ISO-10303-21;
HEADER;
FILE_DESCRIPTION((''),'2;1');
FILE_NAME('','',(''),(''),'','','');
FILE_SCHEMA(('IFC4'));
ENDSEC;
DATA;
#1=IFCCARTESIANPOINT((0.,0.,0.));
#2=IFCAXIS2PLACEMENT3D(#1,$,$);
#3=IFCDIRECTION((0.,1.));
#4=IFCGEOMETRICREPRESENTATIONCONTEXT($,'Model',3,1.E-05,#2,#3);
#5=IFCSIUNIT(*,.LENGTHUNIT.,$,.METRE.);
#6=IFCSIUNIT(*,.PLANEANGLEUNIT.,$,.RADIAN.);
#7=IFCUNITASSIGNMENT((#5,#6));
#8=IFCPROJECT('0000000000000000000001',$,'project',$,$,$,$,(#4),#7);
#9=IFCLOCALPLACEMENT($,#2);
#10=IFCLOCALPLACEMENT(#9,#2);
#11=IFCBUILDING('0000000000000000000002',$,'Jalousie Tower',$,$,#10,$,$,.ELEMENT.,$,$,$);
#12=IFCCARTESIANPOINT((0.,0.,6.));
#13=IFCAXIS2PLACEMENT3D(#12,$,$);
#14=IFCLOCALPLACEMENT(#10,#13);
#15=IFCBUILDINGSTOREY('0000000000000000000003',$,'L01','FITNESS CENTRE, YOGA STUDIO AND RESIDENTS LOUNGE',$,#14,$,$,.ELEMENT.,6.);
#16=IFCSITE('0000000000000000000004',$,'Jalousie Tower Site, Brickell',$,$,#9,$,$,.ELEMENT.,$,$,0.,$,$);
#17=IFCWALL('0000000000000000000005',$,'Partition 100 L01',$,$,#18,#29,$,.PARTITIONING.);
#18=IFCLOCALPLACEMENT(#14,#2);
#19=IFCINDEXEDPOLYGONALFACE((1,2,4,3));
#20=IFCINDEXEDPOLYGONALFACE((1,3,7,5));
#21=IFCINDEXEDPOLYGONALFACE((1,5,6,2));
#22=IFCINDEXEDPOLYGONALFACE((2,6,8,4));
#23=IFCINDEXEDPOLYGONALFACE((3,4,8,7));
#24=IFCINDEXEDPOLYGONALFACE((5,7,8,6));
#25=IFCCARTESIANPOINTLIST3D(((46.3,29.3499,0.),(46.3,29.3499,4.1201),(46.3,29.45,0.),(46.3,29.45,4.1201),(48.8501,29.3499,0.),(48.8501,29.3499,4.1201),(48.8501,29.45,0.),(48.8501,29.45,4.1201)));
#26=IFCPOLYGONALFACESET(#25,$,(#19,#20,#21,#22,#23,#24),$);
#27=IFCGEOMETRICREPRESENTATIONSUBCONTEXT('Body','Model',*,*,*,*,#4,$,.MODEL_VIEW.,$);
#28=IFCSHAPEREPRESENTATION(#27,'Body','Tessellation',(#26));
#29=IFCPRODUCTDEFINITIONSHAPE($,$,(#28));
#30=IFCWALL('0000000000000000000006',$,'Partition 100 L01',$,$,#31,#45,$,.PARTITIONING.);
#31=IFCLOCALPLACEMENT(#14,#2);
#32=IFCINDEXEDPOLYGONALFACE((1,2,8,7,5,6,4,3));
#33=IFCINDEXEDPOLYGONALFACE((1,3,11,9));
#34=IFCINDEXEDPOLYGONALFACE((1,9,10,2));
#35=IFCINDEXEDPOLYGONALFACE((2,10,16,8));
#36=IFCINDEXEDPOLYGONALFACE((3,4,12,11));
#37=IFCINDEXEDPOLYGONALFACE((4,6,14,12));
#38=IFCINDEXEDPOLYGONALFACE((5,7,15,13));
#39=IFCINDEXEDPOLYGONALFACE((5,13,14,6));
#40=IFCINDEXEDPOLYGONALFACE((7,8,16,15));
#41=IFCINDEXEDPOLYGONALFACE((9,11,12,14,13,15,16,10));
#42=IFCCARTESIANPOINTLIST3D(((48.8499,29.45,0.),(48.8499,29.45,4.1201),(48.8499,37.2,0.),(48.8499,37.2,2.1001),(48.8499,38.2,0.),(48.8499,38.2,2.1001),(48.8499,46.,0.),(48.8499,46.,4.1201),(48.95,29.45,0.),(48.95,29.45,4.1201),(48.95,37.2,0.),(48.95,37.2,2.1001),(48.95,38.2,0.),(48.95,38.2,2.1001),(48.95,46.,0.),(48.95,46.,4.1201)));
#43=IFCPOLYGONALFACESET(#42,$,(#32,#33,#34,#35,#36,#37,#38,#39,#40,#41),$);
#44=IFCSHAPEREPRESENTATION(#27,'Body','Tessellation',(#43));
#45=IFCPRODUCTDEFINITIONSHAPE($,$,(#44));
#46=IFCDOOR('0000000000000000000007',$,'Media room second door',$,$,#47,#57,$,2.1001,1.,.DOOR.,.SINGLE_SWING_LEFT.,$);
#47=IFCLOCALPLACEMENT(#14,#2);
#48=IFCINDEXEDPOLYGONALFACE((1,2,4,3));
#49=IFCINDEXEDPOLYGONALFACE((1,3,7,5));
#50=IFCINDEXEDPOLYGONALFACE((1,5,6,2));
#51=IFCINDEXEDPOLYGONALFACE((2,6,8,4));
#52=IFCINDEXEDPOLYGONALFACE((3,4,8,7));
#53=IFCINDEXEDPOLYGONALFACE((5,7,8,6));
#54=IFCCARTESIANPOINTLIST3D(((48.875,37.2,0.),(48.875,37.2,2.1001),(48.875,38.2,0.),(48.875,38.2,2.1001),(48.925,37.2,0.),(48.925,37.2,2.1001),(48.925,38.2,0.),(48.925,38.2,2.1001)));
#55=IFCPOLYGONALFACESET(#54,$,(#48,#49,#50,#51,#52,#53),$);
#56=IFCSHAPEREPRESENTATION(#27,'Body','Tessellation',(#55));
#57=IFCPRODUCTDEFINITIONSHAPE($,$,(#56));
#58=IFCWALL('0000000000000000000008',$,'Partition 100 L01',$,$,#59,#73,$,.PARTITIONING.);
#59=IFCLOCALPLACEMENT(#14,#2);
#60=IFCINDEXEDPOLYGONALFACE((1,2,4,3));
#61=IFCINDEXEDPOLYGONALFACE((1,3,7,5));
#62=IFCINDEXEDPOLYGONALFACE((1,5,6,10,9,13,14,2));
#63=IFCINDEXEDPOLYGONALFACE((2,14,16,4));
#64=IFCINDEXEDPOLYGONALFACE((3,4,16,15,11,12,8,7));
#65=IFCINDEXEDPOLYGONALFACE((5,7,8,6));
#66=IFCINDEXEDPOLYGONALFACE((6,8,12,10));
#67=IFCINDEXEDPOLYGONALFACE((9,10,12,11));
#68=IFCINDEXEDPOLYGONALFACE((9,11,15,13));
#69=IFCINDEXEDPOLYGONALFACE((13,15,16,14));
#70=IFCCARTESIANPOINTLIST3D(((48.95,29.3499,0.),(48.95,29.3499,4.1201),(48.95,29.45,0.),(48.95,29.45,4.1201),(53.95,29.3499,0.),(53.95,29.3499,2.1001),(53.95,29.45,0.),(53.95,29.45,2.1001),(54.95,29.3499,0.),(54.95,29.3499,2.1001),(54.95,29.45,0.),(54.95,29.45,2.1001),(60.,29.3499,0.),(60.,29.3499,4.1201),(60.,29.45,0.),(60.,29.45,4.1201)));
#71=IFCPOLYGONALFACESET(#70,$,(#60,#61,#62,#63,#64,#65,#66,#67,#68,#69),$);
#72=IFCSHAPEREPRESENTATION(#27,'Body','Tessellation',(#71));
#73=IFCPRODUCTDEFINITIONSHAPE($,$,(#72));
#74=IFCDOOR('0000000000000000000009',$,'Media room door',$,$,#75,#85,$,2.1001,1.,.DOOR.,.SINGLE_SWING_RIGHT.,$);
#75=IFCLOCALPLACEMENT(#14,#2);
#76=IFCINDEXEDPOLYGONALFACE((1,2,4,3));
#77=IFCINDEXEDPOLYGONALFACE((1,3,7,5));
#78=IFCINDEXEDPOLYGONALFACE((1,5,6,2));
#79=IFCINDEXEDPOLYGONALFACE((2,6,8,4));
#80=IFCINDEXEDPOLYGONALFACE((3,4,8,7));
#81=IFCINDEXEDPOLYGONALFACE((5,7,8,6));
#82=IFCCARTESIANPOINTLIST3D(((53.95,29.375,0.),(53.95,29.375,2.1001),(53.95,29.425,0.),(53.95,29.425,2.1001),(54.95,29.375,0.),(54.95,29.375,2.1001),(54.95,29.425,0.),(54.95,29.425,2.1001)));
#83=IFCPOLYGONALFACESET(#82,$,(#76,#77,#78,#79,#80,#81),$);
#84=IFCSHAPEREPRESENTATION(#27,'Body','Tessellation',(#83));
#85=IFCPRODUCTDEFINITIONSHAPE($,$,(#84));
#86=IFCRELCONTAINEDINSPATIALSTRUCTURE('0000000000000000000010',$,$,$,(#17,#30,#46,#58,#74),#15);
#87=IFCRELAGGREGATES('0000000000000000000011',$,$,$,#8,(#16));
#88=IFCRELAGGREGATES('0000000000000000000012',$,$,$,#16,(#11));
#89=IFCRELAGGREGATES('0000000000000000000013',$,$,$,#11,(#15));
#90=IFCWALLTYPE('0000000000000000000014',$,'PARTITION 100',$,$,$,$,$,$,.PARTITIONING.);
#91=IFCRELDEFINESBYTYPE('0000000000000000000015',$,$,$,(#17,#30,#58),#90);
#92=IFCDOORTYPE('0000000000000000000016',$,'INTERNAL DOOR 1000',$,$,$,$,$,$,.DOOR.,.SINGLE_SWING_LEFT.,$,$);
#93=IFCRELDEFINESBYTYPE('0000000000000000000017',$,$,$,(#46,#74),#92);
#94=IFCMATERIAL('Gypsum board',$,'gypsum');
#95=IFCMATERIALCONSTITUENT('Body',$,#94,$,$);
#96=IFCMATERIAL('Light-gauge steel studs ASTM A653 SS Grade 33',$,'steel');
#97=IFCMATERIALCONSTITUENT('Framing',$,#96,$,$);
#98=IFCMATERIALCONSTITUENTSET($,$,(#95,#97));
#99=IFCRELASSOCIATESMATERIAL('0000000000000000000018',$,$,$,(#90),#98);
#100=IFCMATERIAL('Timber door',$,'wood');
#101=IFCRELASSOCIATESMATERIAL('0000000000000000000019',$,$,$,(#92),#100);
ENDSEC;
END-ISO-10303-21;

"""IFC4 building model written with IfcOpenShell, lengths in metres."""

from ifc_helpers import new_model, si_unit, direction, frame, frame_2d, origin, place, context, subcontext, project, spatial, polyline, rectangle, outline, extrude, material, constituent, constituent_set, type_object, element, fill, save


model = new_model("IFC4")

# Units and contexts
model_context = context("Model", 3, precision=1e-05, world=origin(), true_north=direction((0.0, 1.0)))
body_context = subcontext(model_context, "Body", "Model", "MODEL_VIEW")
ifc_project = project(units=[si_unit("LENGTHUNIT", "METRE"), si_unit("PLANEANGLEUNIT", "RADIAN")], contexts=[model_context])

# Site, building, storey
site_placement = place(None, origin())
site = spatial("IfcSite", under=ifc_project, at=site_placement, Name="Jalousie Tower Site, Brickell", CompositionType="ELEMENT", RefElevation=0.0)
building_placement = place(site_placement, origin())
building = spatial("IfcBuilding", under=site, at=building_placement, Name="Jalousie Tower", CompositionType="ELEMENT")
storey_placement = place(building_placement, frame((0.0, 0.0, 6.0)))
storey = spatial("IfcBuildingStorey", under=building, at=storey_placement, Name="L01", Description="FITNESS CENTRE, YOGA STUDIO AND RESIDENTS LOUNGE", CompositionType="ELEMENT", Elevation=6.0)

# Wall
ifc_material_1 = material(Name="Gypsum board", Category="gypsum")
ifc_constituent_1 = constituent(ifc_material_1, Name="Body")
ifc_material_2 = material(Name="Light-gauge steel studs ASTM A653 SS Grade 33", Category="steel")
ifc_constituent_2 = constituent(ifc_material_2, Name="Framing")
ifc_constituent_set_1 = constituent_set(constituents=[ifc_constituent_1, ifc_constituent_2])
wall_type_1 = type_object("IfcWallType", Name="PARTITION 100", PredefinedType="PARTITIONING", material=ifc_constituent_set_1)
wall_1_placement = place(storey_placement, frame((46.3, 29.3999, 0.0), z_axis=(0.0, 0.0, 1.0), x_axis=(1.0, 0.0, 0.0)))
element("IfcWall", 1, at=wall_1_placement, inside=storey, type_object=wall_type_1, Name="Partition 100 L01", PredefinedType="PARTITIONING", context=body_context, shape_type="SweptSolid", body=[
    extrude(outline(polyline([(0.0, 0.0), (2.55, 0.0), (2.55, 4.72), (2.55, 4.1201), (0.0, 4.1201), (0.0, 4.72), (0.0, 0.0)])), frame((0.0, 0.05, 0.0), z_axis=(0.0, -1.0, 0.0), x_axis=(1.0, 0.0, 0.0)), (0.0, 0.0, 1.0), 0.1001),
])

# Walls, openings, doors
wall_2_placement = place(storey_placement, frame((48.8999, 29.45, 0.0), z_axis=(0.0, 0.0, 1.0), x_axis=(0.0, 1.0, 0.0)))
wall_2 = element("IfcWall", 2, at=wall_2_placement, inside=storey, type_object=wall_type_1, Name="Partition 100 L01", PredefinedType="PARTITIONING", context=body_context, shape_type="SweptSolid", body=[
    extrude(outline(polyline([(0.0, 0.0), (16.55, 0.0), (16.55, 4.72), (16.55, 4.1201), (15.8101, 4.1201), (7.21, 4.1201), (0.01, 4.1201), (0.0, 4.1201), (0.0, 4.72), (0.0, 0.0)])), frame((0.0, 0.05, 0.0), z_axis=(0.0, -1.0, 0.0), x_axis=(1.0, 0.0, 0.0)), (0.0, 0.0, 1.0), 0.1001),
])
opening_1_placement = place(wall_2_placement, frame((7.75, 0.0, 0.0)))
opening_1 = element("IfcOpeningElement", 3, at=opening_1_placement, cuts=wall_2, PredefinedType="OPENING", context=body_context, shape_type="SweptSolid", body=[
    extrude(rectangle(XDim=1.0, YDim=2.1001, at=frame_2d((0.5, 1.05))), frame((0.0, 0.0601, 0.0), z_axis=(0.0, -1.0, 0.0), x_axis=(1.0, 0.0, 0.0)), (0.0, 0.0, 1.0), 0.1201),
])
ifc_material_3 = material(Name="Timber door", Category="wood")
door_type = type_object("IfcDoorType", Name="INTERNAL DOOR 1000", OperationType="SINGLE_SWING_LEFT", PredefinedType="DOOR", material=ifc_material_3)
door_1_placement = place(opening_1_placement, origin())
door_1 = element("IfcDoor", 4, at=door_1_placement, inside=storey, type_object=door_type, Name="Media room second door", OperationType="SINGLE_SWING_LEFT", OverallHeight=2.1001, OverallWidth=1.0, PredefinedType="DOOR", context=body_context, shape_type="SweptSolid", body=[
    extrude(rectangle(XDim=1.0, YDim=2.1001, at=frame_2d((0.5, 1.05))), frame((0.0, 0.0249, 0.0), z_axis=(0.0, -1.0, 0.0), x_axis=(1.0, 0.0, 0.0)), (0.0, 0.0, 1.0), 0.05),
])
fill(opening_1, door_1)
wall_3_placement = place(storey_placement, frame((48.95, 29.3999, 0.0), z_axis=(0.0, 0.0, 1.0), x_axis=(1.0, 0.0, 0.0)))
wall_3 = element("IfcWall", 5, at=wall_3_placement, inside=storey, type_object=wall_type_1, Name="Partition 100 L01", PredefinedType="PARTITIONING", context=body_context, shape_type="SweptSolid", body=[
    extrude(outline(polyline([(0.0, 0.0), (11.05, 0.0), (11.05, 4.72), (11.05, 4.1201), (10.3101, 4.1201), (1.8101, 4.1201), (0.6101, 4.1201), (0.0, 4.1201), (0.0, 4.72), (0.0, 0.0)])), frame((0.0, 0.05, 0.0), z_axis=(0.0, -1.0, 0.0), x_axis=(1.0, 0.0, 0.0)), (0.0, 0.0, 1.0), 0.1001),
])
opening_2_placement = place(wall_3_placement, frame((5.0, 0.0, 0.0)))
opening_2 = element("IfcOpeningElement", 6, at=opening_2_placement, cuts=wall_3, PredefinedType="OPENING", context=body_context, shape_type="SweptSolid", body=[
    extrude(rectangle(XDim=1.0, YDim=2.1001, at=frame_2d((0.5, 1.05))), frame((0.0, 0.0601, 0.0), z_axis=(0.0, -1.0, 0.0), x_axis=(1.0, 0.0, 0.0)), (0.0, 0.0, 1.0), 0.1201),
])
door_2_placement = place(opening_2_placement, frame((1.0, 0.0, 0.0), z_axis=(0.0, 0.0, 1.0), x_axis=(-1.0, 0.0, 0.0)))
door_2 = element("IfcDoor", 7, at=door_2_placement, inside=storey, type_object=door_type, Name="Media room door", OperationType="SINGLE_SWING_RIGHT", OverallHeight=2.1001, OverallWidth=1.0, PredefinedType="DOOR", context=body_context, shape_type="SweptSolid", body=[
    extrude(rectangle(XDim=1.0, YDim=2.1001, at=frame_2d((0.5, 1.05))), frame((0.0, 0.0249, 0.0), z_axis=(0.0, -1.0, 0.0), x_axis=(1.0, 0.0, 0.0)), (0.0, 0.0, 1.0), 0.05),
])
fill(opening_2, door_2)

save(model, "model.ifc")
